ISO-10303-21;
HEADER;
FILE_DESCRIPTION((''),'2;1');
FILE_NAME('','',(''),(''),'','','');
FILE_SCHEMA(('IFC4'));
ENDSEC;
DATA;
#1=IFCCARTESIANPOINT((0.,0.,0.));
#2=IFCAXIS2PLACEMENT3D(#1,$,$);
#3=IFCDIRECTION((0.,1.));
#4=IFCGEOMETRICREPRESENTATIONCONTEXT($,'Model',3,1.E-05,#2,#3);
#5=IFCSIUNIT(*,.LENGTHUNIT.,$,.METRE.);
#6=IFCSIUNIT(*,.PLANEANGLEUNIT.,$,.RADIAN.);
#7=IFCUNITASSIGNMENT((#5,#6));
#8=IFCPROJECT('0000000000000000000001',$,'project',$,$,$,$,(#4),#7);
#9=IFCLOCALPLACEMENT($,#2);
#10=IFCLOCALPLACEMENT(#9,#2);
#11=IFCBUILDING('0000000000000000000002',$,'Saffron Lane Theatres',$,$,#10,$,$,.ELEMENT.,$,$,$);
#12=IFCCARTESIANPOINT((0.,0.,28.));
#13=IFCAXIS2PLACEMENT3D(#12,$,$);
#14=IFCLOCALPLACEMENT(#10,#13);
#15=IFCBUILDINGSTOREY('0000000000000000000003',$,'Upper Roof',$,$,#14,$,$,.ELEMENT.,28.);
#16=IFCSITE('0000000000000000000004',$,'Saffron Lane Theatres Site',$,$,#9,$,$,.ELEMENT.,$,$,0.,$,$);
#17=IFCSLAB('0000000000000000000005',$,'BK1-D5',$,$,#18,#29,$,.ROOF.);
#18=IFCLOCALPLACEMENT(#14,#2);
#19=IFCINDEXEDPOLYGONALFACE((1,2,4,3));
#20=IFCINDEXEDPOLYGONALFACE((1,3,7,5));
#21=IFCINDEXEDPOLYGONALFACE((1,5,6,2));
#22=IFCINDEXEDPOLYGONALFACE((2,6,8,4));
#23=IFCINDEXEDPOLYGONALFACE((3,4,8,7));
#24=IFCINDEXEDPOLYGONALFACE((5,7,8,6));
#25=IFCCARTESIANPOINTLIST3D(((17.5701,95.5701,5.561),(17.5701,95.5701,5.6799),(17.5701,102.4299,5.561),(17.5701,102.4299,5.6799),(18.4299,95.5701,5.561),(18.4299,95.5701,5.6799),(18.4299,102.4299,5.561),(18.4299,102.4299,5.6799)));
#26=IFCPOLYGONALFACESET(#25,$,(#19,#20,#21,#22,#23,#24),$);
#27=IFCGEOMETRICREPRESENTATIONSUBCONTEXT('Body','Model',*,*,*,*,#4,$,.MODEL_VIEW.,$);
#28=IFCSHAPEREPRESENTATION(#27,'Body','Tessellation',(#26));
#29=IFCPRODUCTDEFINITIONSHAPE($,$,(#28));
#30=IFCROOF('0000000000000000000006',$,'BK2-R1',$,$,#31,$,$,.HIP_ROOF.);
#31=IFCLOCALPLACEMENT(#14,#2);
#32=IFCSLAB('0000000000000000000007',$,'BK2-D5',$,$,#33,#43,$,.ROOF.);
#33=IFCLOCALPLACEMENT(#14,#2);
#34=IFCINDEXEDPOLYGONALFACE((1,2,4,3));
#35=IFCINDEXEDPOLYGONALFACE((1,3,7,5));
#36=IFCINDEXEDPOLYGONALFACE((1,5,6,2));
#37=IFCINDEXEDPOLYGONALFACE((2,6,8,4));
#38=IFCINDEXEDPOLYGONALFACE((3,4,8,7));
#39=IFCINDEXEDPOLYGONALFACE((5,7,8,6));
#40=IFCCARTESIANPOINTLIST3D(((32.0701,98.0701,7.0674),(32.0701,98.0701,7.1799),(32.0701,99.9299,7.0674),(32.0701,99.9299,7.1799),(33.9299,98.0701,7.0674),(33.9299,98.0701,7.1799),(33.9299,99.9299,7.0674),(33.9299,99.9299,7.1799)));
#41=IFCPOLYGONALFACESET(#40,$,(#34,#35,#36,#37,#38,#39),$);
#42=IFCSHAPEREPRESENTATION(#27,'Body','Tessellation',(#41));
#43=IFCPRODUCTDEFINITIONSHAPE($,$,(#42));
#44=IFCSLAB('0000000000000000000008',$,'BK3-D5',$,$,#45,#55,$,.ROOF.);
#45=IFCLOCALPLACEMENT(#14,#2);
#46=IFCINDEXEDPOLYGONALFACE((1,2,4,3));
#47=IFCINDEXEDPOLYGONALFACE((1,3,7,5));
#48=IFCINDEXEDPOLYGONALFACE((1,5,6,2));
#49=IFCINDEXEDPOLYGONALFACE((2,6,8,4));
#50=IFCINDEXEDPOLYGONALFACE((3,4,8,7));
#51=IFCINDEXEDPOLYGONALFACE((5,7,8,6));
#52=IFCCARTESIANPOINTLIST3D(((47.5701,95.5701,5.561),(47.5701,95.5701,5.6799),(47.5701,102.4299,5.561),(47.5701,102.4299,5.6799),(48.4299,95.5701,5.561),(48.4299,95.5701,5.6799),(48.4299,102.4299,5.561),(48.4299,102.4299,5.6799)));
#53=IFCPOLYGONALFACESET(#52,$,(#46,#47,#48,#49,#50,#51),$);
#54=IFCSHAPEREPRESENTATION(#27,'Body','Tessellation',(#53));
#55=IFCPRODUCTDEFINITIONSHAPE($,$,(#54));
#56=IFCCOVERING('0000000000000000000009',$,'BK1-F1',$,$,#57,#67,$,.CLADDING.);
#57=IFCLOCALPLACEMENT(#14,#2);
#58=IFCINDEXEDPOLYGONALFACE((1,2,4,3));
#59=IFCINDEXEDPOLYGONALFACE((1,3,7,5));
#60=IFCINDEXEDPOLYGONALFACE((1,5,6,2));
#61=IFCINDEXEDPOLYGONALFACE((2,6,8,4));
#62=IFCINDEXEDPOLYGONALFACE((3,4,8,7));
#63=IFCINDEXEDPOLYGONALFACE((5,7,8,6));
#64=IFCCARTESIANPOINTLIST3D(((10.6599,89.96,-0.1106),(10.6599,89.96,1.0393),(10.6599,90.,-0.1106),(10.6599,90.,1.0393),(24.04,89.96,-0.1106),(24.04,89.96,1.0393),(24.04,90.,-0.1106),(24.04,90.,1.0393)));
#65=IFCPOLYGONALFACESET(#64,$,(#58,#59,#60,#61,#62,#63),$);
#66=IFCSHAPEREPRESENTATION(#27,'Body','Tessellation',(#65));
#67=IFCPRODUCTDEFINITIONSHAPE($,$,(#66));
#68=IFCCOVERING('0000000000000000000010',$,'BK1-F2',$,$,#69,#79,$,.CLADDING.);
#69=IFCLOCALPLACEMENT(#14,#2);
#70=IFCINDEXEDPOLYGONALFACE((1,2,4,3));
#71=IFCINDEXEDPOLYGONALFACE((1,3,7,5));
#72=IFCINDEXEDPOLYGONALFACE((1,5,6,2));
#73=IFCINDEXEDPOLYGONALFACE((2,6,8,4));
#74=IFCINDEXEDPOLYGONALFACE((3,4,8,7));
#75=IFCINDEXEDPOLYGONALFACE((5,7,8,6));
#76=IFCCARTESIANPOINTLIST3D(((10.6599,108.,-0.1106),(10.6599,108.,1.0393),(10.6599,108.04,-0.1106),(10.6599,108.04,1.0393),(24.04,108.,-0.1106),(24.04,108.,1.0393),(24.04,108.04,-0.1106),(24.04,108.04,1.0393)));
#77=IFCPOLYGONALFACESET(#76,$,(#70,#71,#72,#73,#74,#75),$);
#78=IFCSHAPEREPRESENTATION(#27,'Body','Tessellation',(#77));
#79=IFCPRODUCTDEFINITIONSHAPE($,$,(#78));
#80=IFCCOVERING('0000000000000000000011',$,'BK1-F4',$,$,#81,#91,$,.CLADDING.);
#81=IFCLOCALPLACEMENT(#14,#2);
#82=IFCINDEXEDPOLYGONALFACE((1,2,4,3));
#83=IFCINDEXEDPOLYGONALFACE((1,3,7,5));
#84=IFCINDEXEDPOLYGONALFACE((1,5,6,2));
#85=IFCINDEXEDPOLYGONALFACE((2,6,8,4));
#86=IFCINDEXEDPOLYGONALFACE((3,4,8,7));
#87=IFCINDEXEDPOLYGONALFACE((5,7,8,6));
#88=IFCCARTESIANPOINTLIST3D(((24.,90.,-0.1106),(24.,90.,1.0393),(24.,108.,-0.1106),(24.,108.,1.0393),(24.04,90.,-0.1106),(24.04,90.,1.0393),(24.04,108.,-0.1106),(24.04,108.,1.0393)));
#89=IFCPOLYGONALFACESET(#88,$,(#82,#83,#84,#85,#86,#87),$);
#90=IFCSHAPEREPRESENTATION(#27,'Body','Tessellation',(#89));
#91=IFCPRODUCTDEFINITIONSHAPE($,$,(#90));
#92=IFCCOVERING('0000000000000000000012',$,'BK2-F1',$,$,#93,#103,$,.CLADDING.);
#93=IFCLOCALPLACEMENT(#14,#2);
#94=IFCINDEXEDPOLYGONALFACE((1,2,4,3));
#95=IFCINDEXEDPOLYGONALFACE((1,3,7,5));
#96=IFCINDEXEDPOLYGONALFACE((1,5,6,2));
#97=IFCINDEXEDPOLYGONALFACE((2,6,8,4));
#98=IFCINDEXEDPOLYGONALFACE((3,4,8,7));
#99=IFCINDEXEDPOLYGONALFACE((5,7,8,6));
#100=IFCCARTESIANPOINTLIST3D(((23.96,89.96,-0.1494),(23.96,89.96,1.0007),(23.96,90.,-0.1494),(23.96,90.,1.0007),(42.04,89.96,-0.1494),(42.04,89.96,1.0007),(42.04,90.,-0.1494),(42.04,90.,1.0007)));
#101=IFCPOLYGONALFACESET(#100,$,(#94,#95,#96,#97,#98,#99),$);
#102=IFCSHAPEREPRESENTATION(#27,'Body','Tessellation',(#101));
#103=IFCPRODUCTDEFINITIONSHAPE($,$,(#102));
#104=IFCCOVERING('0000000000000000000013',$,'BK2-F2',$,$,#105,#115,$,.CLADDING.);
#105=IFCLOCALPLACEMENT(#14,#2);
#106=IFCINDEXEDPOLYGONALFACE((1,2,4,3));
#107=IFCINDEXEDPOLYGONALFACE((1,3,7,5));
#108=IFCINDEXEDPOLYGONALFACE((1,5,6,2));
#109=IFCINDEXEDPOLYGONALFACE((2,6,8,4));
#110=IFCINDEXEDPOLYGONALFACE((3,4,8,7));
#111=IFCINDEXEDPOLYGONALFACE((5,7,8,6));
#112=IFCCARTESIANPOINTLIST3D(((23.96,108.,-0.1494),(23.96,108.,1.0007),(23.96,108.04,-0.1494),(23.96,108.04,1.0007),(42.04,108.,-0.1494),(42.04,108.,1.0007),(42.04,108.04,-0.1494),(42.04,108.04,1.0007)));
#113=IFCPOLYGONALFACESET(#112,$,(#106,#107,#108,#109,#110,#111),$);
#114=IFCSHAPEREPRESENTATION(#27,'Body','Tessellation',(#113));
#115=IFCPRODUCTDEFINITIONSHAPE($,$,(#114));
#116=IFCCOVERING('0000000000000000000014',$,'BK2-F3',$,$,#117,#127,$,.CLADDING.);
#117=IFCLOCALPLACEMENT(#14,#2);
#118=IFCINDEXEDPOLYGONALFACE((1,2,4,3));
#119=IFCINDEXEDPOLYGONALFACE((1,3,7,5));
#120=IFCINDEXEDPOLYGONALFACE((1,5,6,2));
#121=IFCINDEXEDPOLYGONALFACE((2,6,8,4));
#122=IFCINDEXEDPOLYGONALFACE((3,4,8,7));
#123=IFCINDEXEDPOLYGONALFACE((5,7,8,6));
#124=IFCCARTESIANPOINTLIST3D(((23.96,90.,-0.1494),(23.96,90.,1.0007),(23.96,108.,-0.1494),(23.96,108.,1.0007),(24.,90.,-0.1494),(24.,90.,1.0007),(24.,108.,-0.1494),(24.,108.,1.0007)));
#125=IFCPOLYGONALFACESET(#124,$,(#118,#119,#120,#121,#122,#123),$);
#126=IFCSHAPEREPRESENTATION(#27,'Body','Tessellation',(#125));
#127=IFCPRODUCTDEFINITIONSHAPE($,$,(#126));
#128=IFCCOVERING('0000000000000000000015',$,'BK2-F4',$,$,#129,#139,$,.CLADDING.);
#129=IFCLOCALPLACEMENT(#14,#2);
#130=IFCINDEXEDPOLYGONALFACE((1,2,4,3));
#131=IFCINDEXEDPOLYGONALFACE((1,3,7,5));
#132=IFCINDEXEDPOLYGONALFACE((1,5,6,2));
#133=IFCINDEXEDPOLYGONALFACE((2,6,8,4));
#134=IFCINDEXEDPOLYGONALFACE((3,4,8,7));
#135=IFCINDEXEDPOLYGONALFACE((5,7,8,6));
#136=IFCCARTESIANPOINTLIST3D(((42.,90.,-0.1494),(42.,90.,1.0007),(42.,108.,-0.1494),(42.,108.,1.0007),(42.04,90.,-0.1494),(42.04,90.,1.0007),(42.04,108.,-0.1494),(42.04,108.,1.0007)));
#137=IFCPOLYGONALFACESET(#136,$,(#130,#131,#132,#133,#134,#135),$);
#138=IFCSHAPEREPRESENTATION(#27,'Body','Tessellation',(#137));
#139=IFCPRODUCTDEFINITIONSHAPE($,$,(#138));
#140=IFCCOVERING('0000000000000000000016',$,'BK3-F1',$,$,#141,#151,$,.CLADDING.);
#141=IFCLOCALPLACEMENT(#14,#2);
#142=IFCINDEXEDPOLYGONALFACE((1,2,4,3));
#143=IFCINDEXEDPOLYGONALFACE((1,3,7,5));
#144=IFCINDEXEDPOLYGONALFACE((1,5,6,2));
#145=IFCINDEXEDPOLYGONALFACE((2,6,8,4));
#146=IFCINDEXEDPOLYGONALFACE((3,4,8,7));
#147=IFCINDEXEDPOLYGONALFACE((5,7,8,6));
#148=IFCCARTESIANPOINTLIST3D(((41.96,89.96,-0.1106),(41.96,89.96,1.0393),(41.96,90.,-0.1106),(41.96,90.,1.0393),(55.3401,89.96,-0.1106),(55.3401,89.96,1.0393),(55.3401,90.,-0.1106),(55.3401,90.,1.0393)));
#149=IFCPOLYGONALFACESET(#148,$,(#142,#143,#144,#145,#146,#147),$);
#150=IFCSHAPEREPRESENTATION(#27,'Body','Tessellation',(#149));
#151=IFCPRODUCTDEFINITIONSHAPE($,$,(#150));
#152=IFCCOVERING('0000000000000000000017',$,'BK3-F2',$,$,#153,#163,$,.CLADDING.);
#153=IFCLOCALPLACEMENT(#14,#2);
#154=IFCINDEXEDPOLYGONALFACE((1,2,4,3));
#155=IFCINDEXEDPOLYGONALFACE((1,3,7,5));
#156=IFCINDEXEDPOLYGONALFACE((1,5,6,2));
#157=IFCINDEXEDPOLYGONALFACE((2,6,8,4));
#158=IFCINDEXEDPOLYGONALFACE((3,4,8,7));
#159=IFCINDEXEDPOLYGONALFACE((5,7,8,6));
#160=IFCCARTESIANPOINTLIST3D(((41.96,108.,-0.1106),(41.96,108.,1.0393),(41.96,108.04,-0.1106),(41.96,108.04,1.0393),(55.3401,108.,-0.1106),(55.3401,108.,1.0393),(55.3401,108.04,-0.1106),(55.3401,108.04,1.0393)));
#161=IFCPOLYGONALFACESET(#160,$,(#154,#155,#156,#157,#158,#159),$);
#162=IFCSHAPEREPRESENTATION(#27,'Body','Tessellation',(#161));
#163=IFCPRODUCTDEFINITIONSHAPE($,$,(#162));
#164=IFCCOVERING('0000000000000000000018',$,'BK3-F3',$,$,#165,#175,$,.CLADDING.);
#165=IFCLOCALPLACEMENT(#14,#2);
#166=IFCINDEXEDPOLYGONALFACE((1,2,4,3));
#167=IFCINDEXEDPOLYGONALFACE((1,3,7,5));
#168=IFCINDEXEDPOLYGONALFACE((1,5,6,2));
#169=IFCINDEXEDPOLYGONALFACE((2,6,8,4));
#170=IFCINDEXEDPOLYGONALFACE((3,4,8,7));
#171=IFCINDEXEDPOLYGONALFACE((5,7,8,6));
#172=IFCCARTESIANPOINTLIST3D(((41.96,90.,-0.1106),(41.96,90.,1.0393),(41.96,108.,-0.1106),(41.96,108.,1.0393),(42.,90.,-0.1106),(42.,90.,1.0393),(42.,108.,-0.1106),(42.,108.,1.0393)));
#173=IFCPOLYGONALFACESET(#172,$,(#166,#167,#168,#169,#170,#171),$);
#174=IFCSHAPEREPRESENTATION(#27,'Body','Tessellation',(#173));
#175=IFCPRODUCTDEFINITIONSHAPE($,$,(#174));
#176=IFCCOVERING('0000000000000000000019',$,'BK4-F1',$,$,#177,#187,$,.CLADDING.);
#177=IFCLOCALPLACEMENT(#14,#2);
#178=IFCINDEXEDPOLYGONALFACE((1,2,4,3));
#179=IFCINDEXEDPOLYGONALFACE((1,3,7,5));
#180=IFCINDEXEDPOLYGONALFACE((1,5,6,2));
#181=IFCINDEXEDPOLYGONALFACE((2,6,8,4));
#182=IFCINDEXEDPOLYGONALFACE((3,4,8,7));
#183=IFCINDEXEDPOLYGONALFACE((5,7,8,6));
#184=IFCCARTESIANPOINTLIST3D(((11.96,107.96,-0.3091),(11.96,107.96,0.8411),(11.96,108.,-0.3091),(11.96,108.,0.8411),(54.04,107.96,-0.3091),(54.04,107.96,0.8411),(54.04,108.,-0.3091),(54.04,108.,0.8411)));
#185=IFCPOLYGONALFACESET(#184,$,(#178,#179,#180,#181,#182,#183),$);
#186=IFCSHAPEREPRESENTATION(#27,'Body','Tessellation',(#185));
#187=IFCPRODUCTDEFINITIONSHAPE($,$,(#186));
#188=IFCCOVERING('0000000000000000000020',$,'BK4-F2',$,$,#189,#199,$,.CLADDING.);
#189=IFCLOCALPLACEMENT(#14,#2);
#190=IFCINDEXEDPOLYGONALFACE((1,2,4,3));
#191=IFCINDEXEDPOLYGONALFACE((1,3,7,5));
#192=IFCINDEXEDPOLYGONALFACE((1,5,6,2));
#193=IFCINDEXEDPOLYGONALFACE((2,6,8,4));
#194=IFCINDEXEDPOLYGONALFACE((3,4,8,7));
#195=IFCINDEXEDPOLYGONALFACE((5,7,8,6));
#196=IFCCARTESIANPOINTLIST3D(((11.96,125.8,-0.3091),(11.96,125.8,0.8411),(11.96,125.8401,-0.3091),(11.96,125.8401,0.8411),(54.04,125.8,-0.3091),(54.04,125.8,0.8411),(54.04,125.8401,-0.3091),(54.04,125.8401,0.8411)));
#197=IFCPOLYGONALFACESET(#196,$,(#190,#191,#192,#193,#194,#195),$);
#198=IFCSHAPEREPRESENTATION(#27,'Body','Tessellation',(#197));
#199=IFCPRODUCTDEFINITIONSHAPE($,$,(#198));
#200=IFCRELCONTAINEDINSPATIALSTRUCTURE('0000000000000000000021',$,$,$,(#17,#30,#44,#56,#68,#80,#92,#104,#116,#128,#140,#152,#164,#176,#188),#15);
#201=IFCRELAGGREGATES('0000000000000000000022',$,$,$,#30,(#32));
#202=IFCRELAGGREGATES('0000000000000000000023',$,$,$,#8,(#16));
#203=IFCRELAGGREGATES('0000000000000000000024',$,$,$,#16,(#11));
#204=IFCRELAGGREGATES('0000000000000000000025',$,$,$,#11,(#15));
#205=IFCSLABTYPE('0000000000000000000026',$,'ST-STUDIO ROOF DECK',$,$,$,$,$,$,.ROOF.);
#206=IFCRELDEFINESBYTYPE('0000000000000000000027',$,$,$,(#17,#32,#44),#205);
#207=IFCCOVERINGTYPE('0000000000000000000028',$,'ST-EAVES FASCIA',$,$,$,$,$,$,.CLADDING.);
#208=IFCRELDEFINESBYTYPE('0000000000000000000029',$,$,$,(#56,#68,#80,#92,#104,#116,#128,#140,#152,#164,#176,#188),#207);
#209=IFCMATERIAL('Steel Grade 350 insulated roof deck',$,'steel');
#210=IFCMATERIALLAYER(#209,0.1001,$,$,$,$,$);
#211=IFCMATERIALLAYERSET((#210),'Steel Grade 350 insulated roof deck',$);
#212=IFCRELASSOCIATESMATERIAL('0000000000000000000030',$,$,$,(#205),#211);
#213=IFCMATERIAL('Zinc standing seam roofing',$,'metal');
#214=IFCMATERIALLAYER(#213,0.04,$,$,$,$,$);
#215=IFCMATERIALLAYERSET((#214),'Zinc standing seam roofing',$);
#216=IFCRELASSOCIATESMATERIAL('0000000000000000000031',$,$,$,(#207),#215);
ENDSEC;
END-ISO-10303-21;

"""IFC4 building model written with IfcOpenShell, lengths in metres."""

from ifc_helpers import new_model, si_unit, direction, frame, origin, place, context, subcontext, project, spatial, polyline, outline, extrude, material, layer, layer_set, type_object, element, aggregate, save


model = new_model("IFC4")

# Units and contexts
model_context = context("Model", 3, precision=1e-05, world=origin(), true_north=direction((0.0, 1.0)))
body_context = subcontext(model_context, "Body", "Model", "MODEL_VIEW")
ifc_project = project(units=[si_unit("LENGTHUNIT", "METRE"), si_unit("PLANEANGLEUNIT", "RADIAN")], contexts=[model_context])

# Site, building, storey
site_placement = place(None, origin())
site = spatial("IfcSite", under=ifc_project, at=site_placement, Name="Saffron Lane Theatres Site", CompositionType="ELEMENT", RefElevation=0.0)
building_placement = place(site_placement, origin())
building = spatial("IfcBuilding", under=site, at=building_placement, Name="Saffron Lane Theatres", CompositionType="ELEMENT")
storey_placement = place(building_placement, frame((0.0, 0.0, 28.0)))
storey = spatial("IfcBuildingStorey", under=building, at=storey_placement, Name="Upper Roof", CompositionType="ELEMENT", Elevation=28.0)

# Slab
ifc_material_1 = material(Name="Steel Grade 350 insulated roof deck", Category="steel")
ifc_layer_1 = layer(ifc_material_1, 0.1001)
ifc_layer_set_1 = layer_set([ifc_layer_1], Name="Steel Grade 350 insulated roof deck")
slab_type = type_object("IfcSlabType", Name="ST-STUDIO ROOF DECK", PredefinedType="ROOF", material=ifc_layer_set_1)
slab_1_placement = place(storey_placement, frame((0.0, 0.0, 5.561)))
element("IfcSlab", 1, at=slab_1_placement, inside=storey, type_object=slab_type, Name="BK1-D5", PredefinedType="ROOF", context=body_context, shape_type="SweptSolid", body=[
    extrude(outline(polyline([(17.5701, 95.5701), (18.4299, 95.5701), (18.4299, 102.4299), (17.5701, 102.4299), (17.5701, 95.5701)])), origin(), (0.0, 0.0, 1.0), 0.1189),
])

# Roof, slab
roof_placement = place(storey_placement, origin())
roof = element("IfcRoof", 2, at=roof_placement, inside=storey, Name="BK2-R1", PredefinedType="HIP_ROOF")
slab_2_placement = place(storey_placement, frame((0.0, 0.0, 7.0674)))
slab_2 = element("IfcSlab", 3, at=slab_2_placement, type_object=slab_type, Name="BK2-D5", PredefinedType="ROOF", context=body_context, shape_type="SweptSolid", body=[
    extrude(outline(polyline([(32.0701, 98.0701), (33.9299, 98.0701), (33.9299, 99.9299), (32.0701, 99.9299), (32.0701, 98.0701)])), origin(), (0.0, 0.0, 1.0), 0.1125),
])
aggregate(roof, [slab_2])

# Slab
slab_3_placement = place(storey_placement, frame((0.0, 0.0, 5.561)))
element("IfcSlab", 4, at=slab_3_placement, inside=storey, type_object=slab_type, Name="BK3-D5", PredefinedType="ROOF", context=body_context, shape_type="SweptSolid", body=[
    extrude(outline(polyline([(47.5701, 95.5701), (48.4299, 95.5701), (48.4299, 102.4299), (47.5701, 102.4299), (47.5701, 95.5701)])), origin(), (0.0, 0.0, 1.0), 0.1189),
])

# Coverings
ifc_material_2 = material(Name="Zinc standing seam roofing", Category="metal")
ifc_layer_2 = layer(ifc_material_2, 0.04)
ifc_layer_set_2 = layer_set([ifc_layer_2], Name="Zinc standing seam roofing")
covering_type_1 = type_object("IfcCoveringType", Name="ST-EAVES FASCIA", PredefinedType="CLADDING", material=ifc_layer_set_2)
covering_1_placement = place(storey_placement, frame((0.0, 0.0, -0.1106)))
element("IfcCovering", 5, at=covering_1_placement, inside=storey, type_object=covering_type_1, Name="BK1-F1", PredefinedType="CLADDING", context=body_context, shape_type="SweptSolid", body=[
    extrude(outline(polyline([(10.6599, 89.96), (24.04, 89.96), (24.04, 90.0), (10.6599, 90.0), (10.6599, 89.96)])), origin(), (0.0, 0.0, 1.0), 1.1499),
])
covering_2_placement = place(storey_placement, frame((0.0, 0.0, -0.1106)))
element("IfcCovering", 6, at=covering_2_placement, inside=storey, type_object=covering_type_1, Name="BK1-F2", PredefinedType="CLADDING", context=body_context, shape_type="SweptSolid", body=[
    extrude(outline(polyline([(10.6599, 108.0), (24.04, 108.0), (24.04, 108.04), (10.6599, 108.04), (10.6599, 108.0)])), origin(), (0.0, 0.0, 1.0), 1.1499),
])
covering_3_placement = place(storey_placement, frame((0.0, 0.0, -0.1106)))
element("IfcCovering", 7, at=covering_3_placement, inside=storey, type_object=covering_type_1, Name="BK1-F4", PredefinedType="CLADDING", context=body_context, shape_type="SweptSolid", body=[
    extrude(outline(polyline([(24.0, 90.0), (24.04, 90.0), (24.04, 108.0), (24.0, 108.0), (24.0, 90.0)])), origin(), (0.0, 0.0, 1.0), 1.1499),
])
covering_4_placement = place(storey_placement, frame((0.0, 0.0, -0.1494)))
element("IfcCovering", 8, at=covering_4_placement, inside=storey, type_object=covering_type_1, Name="BK2-F1", PredefinedType="CLADDING", context=body_context, shape_type="SweptSolid", body=[
    extrude(outline(polyline([(23.96, 89.96), (42.04, 89.96), (42.04, 90.0), (23.96, 90.0), (23.96, 89.96)])), origin(), (0.0, 0.0, 1.0), 1.1501),
])
covering_5_placement = place(storey_placement, frame((0.0, 0.0, -0.1494)))
element("IfcCovering", 9, at=covering_5_placement, inside=storey, type_object=covering_type_1, Name="BK2-F2", PredefinedType="CLADDING", context=body_context, shape_type="SweptSolid", body=[
    extrude(outline(polyline([(23.96, 108.0), (42.04, 108.0), (42.04, 108.04), (23.96, 108.04), (23.96, 108.0)])), origin(), (0.0, 0.0, 1.0), 1.1501),
])
covering_6_placement = place(storey_placement, frame((0.0, 0.0, -0.1494)))
element("IfcCovering", 10, at=covering_6_placement, inside=storey, type_object=covering_type_1, Name="BK2-F3", PredefinedType="CLADDING", context=body_context, shape_type="SweptSolid", body=[
    extrude(outline(polyline([(23.96, 90.0), (24.0, 90.0), (24.0, 108.0), (23.96, 108.0), (23.96, 90.0)])), origin(), (0.0, 0.0, 1.0), 1.1501),
])
covering_7_placement = place(storey_placement, frame((0.0, 0.0, -0.1494)))
element("IfcCovering", 11, at=covering_7_placement, inside=storey, type_object=covering_type_1, Name="BK2-F4", PredefinedType="CLADDING", context=body_context, shape_type="SweptSolid", body=[
    extrude(outline(polyline([(42.0, 90.0), (42.04, 90.0), (42.04, 108.0), (42.0, 108.0), (42.0, 90.0)])), origin(), (0.0, 0.0, 1.0), 1.1501),
])
covering_8_placement = place(storey_placement, frame((0.0, 0.0, -0.1106)))
element("IfcCovering", 12, at=covering_8_placement, inside=storey, type_object=covering_type_1, Name="BK3-F1", PredefinedType="CLADDING", context=body_context, shape_type="SweptSolid", body=[
    extrude(outline(polyline([(41.96, 89.96), (55.3401, 89.96), (55.3401, 90.0), (41.96, 90.0), (41.96, 89.96)])), origin(), (0.0, 0.0, 1.0), 1.1499),
])
covering_9_placement = place(storey_placement, frame((0.0, 0.0, -0.1106)))
element("IfcCovering", 13, at=covering_9_placement, inside=storey, type_object=covering_type_1, Name="BK3-F2", PredefinedType="CLADDING", context=body_context, shape_type="SweptSolid", body=[
    extrude(outline(polyline([(41.96, 108.0), (55.3401, 108.0), (55.3401, 108.04), (41.96, 108.04), (41.96, 108.0)])), origin(), (0.0, 0.0, 1.0), 1.1499),
])
covering_10_placement = place(storey_placement, frame((0.0, 0.0, -0.1106)))
element("IfcCovering", 14, at=covering_10_placement, inside=storey, type_object=covering_type_1, Name="BK3-F3", PredefinedType="CLADDING", context=body_context, shape_type="SweptSolid", body=[
    extrude(outline(polyline([(41.96, 90.0), (42.0, 90.0), (42.0, 108.0), (41.96, 108.0), (41.96, 90.0)])), origin(), (0.0, 0.0, 1.0), 1.1499),
])
covering_11_placement = place(storey_placement, frame((0.0, 0.0, -0.3091)))
element("IfcCovering", 15, at=covering_11_placement, inside=storey, type_object=covering_type_1, Name="BK4-F1", PredefinedType="CLADDING", context=body_context, shape_type="SweptSolid", body=[
    extrude(outline(polyline([(11.96, 107.96), (54.04, 107.96), (54.04, 108.0), (11.96, 108.0), (11.96, 107.96)])), origin(), (0.0, 0.0, 1.0), 1.1501),
])
covering_12_placement = place(storey_placement, frame((0.0, 0.0, -0.3091)))
element("IfcCovering", 16, at=covering_12_placement, inside=storey, type_object=covering_type_1, Name="BK4-F2", PredefinedType="CLADDING", context=body_context, shape_type="SweptSolid", body=[
    extrude(outline(polyline([(11.96, 125.8), (54.04, 125.8), (54.04, 125.8401), (11.96, 125.8401), (11.96, 125.8)])), origin(), (0.0, 0.0, 1.0), 1.1501),
])

save(model, "model.ifc")
